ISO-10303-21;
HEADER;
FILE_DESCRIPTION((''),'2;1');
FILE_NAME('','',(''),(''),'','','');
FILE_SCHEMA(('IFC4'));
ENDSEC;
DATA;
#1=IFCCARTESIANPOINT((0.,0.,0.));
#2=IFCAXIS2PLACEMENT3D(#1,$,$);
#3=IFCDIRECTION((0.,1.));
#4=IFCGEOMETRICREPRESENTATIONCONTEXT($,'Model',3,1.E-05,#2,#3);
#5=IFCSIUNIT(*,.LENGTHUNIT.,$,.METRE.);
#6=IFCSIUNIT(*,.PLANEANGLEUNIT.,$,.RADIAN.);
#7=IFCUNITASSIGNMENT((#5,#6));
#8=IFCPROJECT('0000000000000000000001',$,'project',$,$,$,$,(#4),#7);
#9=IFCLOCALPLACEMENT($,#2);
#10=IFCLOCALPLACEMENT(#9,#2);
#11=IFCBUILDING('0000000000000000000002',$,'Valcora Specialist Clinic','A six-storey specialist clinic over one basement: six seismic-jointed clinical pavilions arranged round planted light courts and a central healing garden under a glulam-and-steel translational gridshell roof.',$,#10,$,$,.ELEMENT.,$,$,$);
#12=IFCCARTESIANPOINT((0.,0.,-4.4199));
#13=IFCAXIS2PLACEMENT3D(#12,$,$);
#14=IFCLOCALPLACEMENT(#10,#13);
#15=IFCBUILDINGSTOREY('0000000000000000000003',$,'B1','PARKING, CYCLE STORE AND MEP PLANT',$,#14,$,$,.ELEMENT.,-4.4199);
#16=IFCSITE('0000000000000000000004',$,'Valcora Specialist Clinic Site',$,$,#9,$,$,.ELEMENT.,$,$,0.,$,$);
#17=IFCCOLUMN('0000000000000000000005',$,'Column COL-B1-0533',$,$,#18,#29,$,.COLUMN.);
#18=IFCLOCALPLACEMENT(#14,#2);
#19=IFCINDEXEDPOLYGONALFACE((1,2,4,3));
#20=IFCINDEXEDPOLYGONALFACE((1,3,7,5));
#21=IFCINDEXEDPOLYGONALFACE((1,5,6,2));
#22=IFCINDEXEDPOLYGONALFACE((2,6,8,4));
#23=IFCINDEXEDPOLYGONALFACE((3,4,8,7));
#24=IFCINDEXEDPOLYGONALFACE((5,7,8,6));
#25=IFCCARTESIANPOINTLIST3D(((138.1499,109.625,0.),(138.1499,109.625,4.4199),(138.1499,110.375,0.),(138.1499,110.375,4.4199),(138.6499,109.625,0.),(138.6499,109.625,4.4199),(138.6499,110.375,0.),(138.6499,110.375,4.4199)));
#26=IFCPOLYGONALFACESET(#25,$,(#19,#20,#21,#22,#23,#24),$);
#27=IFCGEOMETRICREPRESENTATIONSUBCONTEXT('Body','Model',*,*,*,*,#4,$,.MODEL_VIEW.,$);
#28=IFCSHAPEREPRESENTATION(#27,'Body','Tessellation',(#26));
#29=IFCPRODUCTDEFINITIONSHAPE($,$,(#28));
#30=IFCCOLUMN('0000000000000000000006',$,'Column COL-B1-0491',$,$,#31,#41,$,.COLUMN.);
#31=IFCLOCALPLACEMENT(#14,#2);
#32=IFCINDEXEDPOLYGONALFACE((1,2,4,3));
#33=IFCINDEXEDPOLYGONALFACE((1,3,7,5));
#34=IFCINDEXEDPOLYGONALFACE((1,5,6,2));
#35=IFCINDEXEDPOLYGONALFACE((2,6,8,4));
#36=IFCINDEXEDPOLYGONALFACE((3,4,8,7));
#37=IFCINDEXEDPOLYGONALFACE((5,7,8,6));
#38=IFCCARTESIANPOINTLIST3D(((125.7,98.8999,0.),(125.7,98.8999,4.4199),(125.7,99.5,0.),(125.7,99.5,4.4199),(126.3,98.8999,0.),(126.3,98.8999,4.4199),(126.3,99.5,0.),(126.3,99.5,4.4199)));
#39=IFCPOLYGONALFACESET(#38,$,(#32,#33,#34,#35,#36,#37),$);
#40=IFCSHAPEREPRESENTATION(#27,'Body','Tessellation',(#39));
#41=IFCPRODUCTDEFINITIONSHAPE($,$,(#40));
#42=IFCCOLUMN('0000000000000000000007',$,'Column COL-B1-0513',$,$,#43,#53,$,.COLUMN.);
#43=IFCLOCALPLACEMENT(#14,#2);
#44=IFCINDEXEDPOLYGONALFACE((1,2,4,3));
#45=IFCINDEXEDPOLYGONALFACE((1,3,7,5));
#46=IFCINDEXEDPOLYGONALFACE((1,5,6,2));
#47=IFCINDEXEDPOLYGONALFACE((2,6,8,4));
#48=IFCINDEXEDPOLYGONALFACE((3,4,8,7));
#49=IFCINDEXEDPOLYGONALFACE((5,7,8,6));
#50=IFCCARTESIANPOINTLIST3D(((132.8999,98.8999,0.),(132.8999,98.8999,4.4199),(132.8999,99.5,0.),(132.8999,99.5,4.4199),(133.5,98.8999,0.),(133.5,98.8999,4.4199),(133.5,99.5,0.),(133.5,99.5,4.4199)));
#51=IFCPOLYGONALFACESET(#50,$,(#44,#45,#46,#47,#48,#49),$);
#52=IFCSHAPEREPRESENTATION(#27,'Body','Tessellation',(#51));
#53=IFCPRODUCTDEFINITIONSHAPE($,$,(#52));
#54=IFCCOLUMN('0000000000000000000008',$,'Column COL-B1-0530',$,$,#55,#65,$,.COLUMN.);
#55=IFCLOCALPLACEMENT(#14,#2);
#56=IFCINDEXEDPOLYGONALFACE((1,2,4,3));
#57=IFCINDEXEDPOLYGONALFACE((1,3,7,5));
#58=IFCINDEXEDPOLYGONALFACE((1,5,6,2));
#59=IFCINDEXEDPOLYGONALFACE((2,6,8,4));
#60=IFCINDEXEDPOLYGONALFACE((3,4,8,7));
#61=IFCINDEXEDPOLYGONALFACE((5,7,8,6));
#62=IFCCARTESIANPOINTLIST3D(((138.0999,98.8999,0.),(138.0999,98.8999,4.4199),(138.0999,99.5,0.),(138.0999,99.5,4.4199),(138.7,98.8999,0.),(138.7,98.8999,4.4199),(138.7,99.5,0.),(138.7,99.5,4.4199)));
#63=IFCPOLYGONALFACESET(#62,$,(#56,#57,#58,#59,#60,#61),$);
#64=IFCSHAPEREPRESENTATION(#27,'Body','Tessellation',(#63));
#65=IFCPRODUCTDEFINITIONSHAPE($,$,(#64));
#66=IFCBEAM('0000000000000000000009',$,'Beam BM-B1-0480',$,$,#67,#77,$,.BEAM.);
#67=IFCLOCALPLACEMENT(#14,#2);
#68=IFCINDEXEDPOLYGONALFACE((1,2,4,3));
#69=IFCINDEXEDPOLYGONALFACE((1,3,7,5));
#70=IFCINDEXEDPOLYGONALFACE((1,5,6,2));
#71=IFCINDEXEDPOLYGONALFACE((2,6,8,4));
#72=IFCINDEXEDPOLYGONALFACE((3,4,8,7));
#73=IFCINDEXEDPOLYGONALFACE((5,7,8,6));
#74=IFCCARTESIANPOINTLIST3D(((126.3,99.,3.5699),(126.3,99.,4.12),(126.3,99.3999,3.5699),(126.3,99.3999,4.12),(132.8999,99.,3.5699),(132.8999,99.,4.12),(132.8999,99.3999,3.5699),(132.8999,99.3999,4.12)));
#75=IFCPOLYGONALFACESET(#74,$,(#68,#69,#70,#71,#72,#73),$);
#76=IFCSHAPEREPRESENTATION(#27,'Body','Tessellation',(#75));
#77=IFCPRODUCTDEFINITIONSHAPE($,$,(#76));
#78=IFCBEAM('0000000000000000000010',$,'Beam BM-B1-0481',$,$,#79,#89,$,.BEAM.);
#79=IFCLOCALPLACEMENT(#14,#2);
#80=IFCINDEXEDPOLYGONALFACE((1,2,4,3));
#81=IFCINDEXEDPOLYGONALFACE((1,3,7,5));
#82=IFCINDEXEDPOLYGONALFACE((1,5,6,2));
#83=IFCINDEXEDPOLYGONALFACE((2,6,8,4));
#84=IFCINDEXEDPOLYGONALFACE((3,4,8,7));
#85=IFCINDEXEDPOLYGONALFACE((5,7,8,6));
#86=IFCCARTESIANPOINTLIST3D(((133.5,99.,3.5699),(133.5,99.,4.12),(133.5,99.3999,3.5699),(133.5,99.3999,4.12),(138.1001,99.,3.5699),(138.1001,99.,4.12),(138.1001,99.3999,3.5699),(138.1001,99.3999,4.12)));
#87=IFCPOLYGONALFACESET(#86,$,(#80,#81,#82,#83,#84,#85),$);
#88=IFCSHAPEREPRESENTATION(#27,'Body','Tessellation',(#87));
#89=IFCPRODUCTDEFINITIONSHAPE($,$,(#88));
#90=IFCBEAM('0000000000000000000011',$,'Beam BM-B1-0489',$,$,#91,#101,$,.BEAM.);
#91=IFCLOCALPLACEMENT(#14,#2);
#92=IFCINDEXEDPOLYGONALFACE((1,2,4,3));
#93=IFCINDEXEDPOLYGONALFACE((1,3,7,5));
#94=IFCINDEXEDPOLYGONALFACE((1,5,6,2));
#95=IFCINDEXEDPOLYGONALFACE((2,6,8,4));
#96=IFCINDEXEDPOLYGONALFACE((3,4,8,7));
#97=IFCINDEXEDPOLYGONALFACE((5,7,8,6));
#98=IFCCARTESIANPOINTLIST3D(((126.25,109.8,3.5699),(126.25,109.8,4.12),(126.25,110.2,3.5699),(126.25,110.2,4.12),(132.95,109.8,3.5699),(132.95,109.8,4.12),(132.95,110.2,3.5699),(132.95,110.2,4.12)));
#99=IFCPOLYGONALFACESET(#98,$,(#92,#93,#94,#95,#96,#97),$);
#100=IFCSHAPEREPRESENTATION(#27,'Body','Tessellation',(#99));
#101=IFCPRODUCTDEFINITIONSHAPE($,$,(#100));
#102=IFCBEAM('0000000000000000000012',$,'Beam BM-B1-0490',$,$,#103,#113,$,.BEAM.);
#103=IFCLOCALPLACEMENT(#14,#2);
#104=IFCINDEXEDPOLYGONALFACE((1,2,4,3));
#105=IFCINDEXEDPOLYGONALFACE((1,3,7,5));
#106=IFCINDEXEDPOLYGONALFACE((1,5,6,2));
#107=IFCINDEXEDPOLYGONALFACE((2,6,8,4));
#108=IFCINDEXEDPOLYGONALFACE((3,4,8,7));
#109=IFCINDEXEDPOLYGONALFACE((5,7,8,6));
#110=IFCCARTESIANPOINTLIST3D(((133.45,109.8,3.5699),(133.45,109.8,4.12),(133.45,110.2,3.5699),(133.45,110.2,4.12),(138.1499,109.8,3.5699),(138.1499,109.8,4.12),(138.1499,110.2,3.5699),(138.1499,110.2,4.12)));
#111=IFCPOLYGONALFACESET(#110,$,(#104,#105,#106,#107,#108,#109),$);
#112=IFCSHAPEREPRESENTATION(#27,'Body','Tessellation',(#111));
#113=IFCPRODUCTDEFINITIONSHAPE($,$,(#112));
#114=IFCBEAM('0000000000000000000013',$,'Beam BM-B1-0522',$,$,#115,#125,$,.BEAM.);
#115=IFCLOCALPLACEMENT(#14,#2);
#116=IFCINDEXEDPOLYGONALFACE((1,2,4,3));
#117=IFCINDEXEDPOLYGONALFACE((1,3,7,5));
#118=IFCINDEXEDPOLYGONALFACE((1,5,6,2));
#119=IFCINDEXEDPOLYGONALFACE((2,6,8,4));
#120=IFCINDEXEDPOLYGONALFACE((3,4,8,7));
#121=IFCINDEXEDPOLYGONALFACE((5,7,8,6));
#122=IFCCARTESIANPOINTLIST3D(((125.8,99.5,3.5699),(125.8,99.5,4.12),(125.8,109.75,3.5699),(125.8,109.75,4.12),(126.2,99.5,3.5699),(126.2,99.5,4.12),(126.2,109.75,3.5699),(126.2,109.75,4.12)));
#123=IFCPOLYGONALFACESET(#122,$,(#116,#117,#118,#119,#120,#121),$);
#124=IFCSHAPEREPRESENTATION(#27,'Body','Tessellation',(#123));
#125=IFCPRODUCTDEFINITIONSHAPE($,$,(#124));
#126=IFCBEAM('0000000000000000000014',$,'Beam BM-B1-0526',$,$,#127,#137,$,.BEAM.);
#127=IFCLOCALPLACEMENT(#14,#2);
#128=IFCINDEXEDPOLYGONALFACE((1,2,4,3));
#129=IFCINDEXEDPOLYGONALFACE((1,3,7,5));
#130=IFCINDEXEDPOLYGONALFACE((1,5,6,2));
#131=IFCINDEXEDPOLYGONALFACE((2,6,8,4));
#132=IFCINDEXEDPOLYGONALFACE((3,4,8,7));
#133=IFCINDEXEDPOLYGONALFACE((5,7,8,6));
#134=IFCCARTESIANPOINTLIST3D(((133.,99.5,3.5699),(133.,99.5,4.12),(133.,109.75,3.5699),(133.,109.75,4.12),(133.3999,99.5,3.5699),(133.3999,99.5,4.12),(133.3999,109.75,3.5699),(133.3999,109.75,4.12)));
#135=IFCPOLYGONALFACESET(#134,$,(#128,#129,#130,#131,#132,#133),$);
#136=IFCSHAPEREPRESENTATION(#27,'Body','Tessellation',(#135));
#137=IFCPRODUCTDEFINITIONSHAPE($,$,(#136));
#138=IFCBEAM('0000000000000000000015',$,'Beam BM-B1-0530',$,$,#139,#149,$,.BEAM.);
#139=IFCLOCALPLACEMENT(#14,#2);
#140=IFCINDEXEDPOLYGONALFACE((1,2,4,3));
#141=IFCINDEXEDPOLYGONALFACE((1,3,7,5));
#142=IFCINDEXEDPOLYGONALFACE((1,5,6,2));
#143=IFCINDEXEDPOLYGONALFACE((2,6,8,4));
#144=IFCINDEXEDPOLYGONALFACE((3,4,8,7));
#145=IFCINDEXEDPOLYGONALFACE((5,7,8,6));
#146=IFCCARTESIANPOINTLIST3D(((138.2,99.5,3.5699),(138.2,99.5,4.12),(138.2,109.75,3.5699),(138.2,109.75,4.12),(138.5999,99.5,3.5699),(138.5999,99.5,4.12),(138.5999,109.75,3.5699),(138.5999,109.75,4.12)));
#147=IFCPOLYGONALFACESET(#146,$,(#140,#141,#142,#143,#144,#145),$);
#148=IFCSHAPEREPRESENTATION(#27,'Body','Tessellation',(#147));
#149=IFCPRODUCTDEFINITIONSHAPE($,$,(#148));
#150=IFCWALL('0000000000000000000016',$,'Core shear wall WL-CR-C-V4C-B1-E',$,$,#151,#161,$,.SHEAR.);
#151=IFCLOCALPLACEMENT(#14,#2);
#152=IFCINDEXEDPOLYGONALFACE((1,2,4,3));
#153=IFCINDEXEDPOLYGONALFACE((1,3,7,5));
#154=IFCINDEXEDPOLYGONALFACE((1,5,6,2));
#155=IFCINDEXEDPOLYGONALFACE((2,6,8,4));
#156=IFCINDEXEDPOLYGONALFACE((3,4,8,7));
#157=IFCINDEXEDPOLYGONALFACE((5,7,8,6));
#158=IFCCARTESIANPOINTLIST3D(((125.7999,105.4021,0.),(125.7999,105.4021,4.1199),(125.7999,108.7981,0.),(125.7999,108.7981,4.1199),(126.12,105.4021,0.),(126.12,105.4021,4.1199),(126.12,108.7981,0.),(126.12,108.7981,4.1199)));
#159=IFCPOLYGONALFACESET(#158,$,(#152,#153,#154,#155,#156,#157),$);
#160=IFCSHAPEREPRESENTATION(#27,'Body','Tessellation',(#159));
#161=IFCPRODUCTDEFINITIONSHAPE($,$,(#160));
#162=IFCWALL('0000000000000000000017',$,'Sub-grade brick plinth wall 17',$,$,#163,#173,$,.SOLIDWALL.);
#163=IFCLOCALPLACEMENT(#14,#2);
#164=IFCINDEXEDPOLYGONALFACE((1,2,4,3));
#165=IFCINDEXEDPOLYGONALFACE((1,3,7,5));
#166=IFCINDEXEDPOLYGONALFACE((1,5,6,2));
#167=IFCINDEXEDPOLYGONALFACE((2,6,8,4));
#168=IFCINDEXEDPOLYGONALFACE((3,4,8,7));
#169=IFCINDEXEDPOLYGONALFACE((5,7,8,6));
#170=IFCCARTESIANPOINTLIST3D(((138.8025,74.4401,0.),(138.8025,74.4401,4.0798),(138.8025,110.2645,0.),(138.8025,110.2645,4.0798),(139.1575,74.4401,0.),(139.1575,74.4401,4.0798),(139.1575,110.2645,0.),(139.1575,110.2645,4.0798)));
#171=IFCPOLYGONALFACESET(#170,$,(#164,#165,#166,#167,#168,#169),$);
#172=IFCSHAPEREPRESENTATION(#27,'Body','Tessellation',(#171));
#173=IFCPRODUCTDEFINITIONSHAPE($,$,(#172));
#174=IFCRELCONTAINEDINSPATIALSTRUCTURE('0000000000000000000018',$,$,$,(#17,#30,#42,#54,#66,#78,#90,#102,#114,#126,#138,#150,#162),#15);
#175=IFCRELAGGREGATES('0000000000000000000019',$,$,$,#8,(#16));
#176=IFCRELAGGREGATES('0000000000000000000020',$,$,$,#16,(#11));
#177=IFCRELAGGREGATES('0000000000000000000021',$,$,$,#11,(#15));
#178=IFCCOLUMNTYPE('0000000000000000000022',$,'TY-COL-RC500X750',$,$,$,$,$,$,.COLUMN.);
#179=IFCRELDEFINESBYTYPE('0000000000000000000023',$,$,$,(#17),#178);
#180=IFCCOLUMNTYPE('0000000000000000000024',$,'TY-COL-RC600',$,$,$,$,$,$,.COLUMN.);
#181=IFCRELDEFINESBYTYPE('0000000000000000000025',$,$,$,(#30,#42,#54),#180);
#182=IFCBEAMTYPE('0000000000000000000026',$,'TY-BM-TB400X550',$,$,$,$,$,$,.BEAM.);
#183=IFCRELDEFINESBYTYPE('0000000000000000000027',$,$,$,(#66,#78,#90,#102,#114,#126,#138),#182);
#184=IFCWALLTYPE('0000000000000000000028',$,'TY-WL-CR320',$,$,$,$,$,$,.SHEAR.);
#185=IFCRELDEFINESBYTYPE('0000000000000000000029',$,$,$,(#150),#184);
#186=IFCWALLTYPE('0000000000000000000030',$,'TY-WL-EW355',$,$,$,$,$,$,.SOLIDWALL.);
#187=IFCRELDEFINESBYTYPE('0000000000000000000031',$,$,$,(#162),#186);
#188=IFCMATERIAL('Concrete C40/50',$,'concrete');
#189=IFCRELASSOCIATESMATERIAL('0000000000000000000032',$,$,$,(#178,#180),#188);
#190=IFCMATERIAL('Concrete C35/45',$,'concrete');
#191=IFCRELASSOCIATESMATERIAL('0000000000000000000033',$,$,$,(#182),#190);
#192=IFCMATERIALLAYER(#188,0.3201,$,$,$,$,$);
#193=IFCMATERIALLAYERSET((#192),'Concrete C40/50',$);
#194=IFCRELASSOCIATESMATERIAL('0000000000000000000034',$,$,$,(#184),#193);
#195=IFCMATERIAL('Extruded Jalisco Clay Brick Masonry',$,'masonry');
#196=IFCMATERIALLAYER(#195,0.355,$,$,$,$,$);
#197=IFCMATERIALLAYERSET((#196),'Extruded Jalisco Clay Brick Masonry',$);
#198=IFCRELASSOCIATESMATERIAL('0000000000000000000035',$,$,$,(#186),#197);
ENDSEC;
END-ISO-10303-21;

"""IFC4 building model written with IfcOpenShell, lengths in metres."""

from ifc_helpers import new_model, si_unit, direction, frame, frame_2d, origin, origin_2d, place, context, subcontext, project, spatial, rectangle, extrude, material, layer, layer_set, material_profile, profile_set, type_object, element, save


model = new_model("IFC4")

# Units and contexts
model_context = context("Model", 3, precision=1e-05, world=origin(), true_north=direction((0.0, 1.0)))
body_context = subcontext(model_context, "Body", "Model", "MODEL_VIEW")
ifc_project = project(units=[si_unit("LENGTHUNIT", "METRE"), si_unit("PLANEANGLEUNIT", "RADIAN")], contexts=[model_context])

# Site, building, storey
site_placement = place(None, origin())
site = spatial("IfcSite", under=ifc_project, at=site_placement, Name="Valcora Specialist Clinic Site", CompositionType="ELEMENT", RefElevation=0.0)
building_placement = place(site_placement, origin())
building = spatial("IfcBuilding", under=site, at=building_placement, Name="Valcora Specialist Clinic", Description="A six-storey specialist clinic over one basement: six seismic-jointed clinical pavilions arranged round planted light courts and a central healing garden under a glulam-and-steel translational gridshell roof.", CompositionType="ELEMENT")
storey_placement = place(building_placement, frame((0.0, 0.0, -4.4199)))
storey = spatial("IfcBuildingStorey", under=building, at=storey_placement, Name="B1", Description="PARKING, CYCLE STORE AND MEP PLANT", CompositionType="ELEMENT", Elevation=-4.4199)

# Shared definitions
ifc_material_1 = material(Name="Concrete C35/45", Category="concrete")

# Columns
ifc_material_2 = material(Name="Concrete C40/50", Category="concrete")
ifc_material_profile_1 = material_profile(ifc_material_2, rectangle(XDim=0.5, YDim=0.75, at=origin_2d()), Name="RC-COL-500X750")
ifc_profile_set_1 = profile_set([ifc_material_profile_1], Name="Concrete C40/50")
column_type_1 = type_object("IfcColumnType", Name="TY-COL-RC500X750", PredefinedType="COLUMN", material=ifc_profile_set_1)
for number, where, z_axis, x_axis, name in (
    (1, (138.3999, 110.0, 0.0), (0.0, 0.0, 1.0), (1.0, 0.0, 0.0), "Column COL-B1-0533"),
):
    element("IfcColumn", number, at=place(storey_placement, frame(where, z_axis=z_axis, x_axis=x_axis)), inside=storey, type_object=column_type_1, Name=name, PredefinedType="COLUMN", context=body_context, shape_type="SweptSolid", body=[
        extrude(rectangle(XDim=0.5, YDim=0.75, at=origin_2d()), origin(), (0.0, 0.0, 1.0), 4.4199),
    ])
ifc_material_profile_2 = material_profile(ifc_material_2, rectangle(XDim=0.6001, YDim=0.6001, at=origin_2d()), Name="RC-COL-600X600")
ifc_profile_set_2 = profile_set([ifc_material_profile_2], Name="Concrete C40/50")
column_type_2 = type_object("IfcColumnType", Name="TY-COL-RC600", PredefinedType="COLUMN", material=ifc_profile_set_2)
for number, where, z_axis, x_axis, name in (
    (2, (126.0, 99.2, 0.0), (0.0, 0.0, 1.0), (1.0, 0.0, 0.0), "Column COL-B1-0491"),
    (3, (133.2, 99.2, 0.0), (0.0, 0.0, 1.0), (1.0, 0.0, 0.0), "Column COL-B1-0513"),
    (4, (138.3999, 99.2, 0.0), (0.0, 0.0, 1.0), (1.0, 0.0, 0.0), "Column COL-B1-0530"),
):
    element("IfcColumn", number, at=place(storey_placement, frame(where, z_axis=z_axis, x_axis=x_axis)), inside=storey, type_object=column_type_2, Name=name, PredefinedType="COLUMN", context=body_context, shape_type="SweptSolid", body=[
        extrude(rectangle(XDim=0.6001, YDim=0.6001, at=origin_2d()), origin(), (0.0, 0.0, 1.0), 4.4199),
    ])

# Beams
ifc_material_profile_3 = material_profile(ifc_material_1, rectangle(XDim=0.3999, YDim=0.55, at=origin_2d()), Name="RC-TB-400X550")
ifc_profile_set_3 = profile_set([ifc_material_profile_3], Name="Concrete C35/45")
beam_type = type_object("IfcBeamType", Name="TY-BM-TB400X550", PredefinedType="BEAM", material=ifc_profile_set_3)
beam_1_placement = place(storey_placement, frame((126.3, 99.2, 3.845), z_axis=(1.0, 0.0, 0.0), x_axis=(0.0, 1.0, 0.0)))
element("IfcBeam", 5, at=beam_1_placement, inside=storey, type_object=beam_type, Name="Beam BM-B1-0480", PredefinedType="BEAM", context=body_context, shape_type="SweptSolid", body=[
    extrude(rectangle(XDim=0.3999, YDim=0.55, at=origin_2d()), origin(), (0.0, 0.0, 1.0), 6.5999),
])
beam_2_placement = place(storey_placement, frame((133.5, 99.2, 3.845), z_axis=(1.0, 0.0, 0.0), x_axis=(0.0, 1.0, 0.0)))
element("IfcBeam", 6, at=beam_2_placement, inside=storey, type_object=beam_type, Name="Beam BM-B1-0481", PredefinedType="BEAM", context=body_context, shape_type="SweptSolid", body=[
    extrude(rectangle(XDim=0.3999, YDim=0.55, at=origin_2d()), origin(), (0.0, 0.0, 1.0), 4.6001),
])
beam_3_placement = place(storey_placement, frame((126.25, 110.0, 3.845), z_axis=(1.0, 0.0, 0.0), x_axis=(0.0, 1.0, 0.0)))
element("IfcBeam", 7, at=beam_3_placement, inside=storey, type_object=beam_type, Name="Beam BM-B1-0489", PredefinedType="BEAM", context=body_context, shape_type="SweptSolid", body=[
    extrude(rectangle(XDim=0.3999, YDim=0.55, at=origin_2d()), origin(), (0.0, 0.0, 1.0), 6.7),
])
beam_4_placement = place(storey_placement, frame((133.45, 110.0, 3.845), z_axis=(1.0, 0.0, 0.0), x_axis=(0.0, 1.0, 0.0)))
element("IfcBeam", 8, at=beam_4_placement, inside=storey, type_object=beam_type, Name="Beam BM-B1-0490", PredefinedType="BEAM", context=body_context, shape_type="SweptSolid", body=[
    extrude(rectangle(XDim=0.3999, YDim=0.55, at=origin_2d()), origin(), (0.0, 0.0, 1.0), 4.7),
])
for number, where, z_axis, x_axis, name in (
    (9, (126.0, 99.5, 3.845), (0.0, 1.0, 0.0), (-1.0, 0.0, 0.0), "Beam BM-B1-0522"),
    (10, (133.2, 99.5, 3.845), (0.0, 1.0, 0.0), (-1.0, 0.0, 0.0), "Beam BM-B1-0526"),
    (11, (138.3999, 99.5, 3.845), (0.0, 1.0, 0.0), (-1.0, 0.0, 0.0), "Beam BM-B1-0530"),
):
    element("IfcBeam", number, at=place(storey_placement, frame(where, z_axis=z_axis, x_axis=x_axis)), inside=storey, type_object=beam_type, Name=name, PredefinedType="BEAM", context=body_context, shape_type="SweptSolid", body=[
        extrude(rectangle(XDim=0.3999, YDim=0.55, at=origin_2d()), origin(), (0.0, 0.0, 1.0), 10.25),
    ])

# Walls
ifc_layer_1 = layer(ifc_material_2, 0.3201)
ifc_layer_set_1 = layer_set([ifc_layer_1], Name="Concrete C40/50")
wall_type_1 = type_object("IfcWallType", Name="TY-WL-CR320", PredefinedType="SHEAR", material=ifc_layer_set_1)
wall_1_placement = place(storey_placement, frame((125.96, 105.4021, 0.0), z_axis=(0.0, 0.0, 1.0), x_axis=(0.0, 1.0, 0.0)))
element("IfcWall", 12, at=wall_1_placement, inside=storey, type_object=wall_type_1, Name="Core shear wall WL-CR-C-V4C-B1-E", PredefinedType="SHEAR", context=body_context, shape_type="SweptSolid", body=[
    extrude(rectangle(XDim=3.396, YDim=0.3201, at=frame_2d((1.698, 0.0))), origin(), (0.0, 0.0, 1.0), 4.1199),
])
ifc_material_3 = material(Name="Extruded Jalisco Clay Brick Masonry", Category="masonry")
ifc_layer_2 = layer(ifc_material_3, 0.355)
ifc_layer_set_2 = layer_set([ifc_layer_2], Name="Extruded Jalisco Clay Brick Masonry")
wall_type_2 = type_object("IfcWallType", Name="TY-WL-EW355", PredefinedType="SOLIDWALL", material=ifc_layer_set_2)
wall_2_placement = place(storey_placement, frame((138.98, 110.2644, 0.0), z_axis=(0.0, 0.0, 1.0), x_axis=(0.0, -1.0, 0.0)))
element("IfcWall", 13, at=wall_2_placement, inside=storey, type_object=wall_type_2, Name="Sub-grade brick plinth wall 17", PredefinedType="SOLIDWALL", context=body_context, shape_type="SweptSolid", body=[
    extrude(rectangle(XDim=35.8245, YDim=0.355, at=frame_2d((17.9121, 0.0))), origin(), (0.0, 0.0, 1.0), 4.0798),
])

save(model, "model.ifc")
